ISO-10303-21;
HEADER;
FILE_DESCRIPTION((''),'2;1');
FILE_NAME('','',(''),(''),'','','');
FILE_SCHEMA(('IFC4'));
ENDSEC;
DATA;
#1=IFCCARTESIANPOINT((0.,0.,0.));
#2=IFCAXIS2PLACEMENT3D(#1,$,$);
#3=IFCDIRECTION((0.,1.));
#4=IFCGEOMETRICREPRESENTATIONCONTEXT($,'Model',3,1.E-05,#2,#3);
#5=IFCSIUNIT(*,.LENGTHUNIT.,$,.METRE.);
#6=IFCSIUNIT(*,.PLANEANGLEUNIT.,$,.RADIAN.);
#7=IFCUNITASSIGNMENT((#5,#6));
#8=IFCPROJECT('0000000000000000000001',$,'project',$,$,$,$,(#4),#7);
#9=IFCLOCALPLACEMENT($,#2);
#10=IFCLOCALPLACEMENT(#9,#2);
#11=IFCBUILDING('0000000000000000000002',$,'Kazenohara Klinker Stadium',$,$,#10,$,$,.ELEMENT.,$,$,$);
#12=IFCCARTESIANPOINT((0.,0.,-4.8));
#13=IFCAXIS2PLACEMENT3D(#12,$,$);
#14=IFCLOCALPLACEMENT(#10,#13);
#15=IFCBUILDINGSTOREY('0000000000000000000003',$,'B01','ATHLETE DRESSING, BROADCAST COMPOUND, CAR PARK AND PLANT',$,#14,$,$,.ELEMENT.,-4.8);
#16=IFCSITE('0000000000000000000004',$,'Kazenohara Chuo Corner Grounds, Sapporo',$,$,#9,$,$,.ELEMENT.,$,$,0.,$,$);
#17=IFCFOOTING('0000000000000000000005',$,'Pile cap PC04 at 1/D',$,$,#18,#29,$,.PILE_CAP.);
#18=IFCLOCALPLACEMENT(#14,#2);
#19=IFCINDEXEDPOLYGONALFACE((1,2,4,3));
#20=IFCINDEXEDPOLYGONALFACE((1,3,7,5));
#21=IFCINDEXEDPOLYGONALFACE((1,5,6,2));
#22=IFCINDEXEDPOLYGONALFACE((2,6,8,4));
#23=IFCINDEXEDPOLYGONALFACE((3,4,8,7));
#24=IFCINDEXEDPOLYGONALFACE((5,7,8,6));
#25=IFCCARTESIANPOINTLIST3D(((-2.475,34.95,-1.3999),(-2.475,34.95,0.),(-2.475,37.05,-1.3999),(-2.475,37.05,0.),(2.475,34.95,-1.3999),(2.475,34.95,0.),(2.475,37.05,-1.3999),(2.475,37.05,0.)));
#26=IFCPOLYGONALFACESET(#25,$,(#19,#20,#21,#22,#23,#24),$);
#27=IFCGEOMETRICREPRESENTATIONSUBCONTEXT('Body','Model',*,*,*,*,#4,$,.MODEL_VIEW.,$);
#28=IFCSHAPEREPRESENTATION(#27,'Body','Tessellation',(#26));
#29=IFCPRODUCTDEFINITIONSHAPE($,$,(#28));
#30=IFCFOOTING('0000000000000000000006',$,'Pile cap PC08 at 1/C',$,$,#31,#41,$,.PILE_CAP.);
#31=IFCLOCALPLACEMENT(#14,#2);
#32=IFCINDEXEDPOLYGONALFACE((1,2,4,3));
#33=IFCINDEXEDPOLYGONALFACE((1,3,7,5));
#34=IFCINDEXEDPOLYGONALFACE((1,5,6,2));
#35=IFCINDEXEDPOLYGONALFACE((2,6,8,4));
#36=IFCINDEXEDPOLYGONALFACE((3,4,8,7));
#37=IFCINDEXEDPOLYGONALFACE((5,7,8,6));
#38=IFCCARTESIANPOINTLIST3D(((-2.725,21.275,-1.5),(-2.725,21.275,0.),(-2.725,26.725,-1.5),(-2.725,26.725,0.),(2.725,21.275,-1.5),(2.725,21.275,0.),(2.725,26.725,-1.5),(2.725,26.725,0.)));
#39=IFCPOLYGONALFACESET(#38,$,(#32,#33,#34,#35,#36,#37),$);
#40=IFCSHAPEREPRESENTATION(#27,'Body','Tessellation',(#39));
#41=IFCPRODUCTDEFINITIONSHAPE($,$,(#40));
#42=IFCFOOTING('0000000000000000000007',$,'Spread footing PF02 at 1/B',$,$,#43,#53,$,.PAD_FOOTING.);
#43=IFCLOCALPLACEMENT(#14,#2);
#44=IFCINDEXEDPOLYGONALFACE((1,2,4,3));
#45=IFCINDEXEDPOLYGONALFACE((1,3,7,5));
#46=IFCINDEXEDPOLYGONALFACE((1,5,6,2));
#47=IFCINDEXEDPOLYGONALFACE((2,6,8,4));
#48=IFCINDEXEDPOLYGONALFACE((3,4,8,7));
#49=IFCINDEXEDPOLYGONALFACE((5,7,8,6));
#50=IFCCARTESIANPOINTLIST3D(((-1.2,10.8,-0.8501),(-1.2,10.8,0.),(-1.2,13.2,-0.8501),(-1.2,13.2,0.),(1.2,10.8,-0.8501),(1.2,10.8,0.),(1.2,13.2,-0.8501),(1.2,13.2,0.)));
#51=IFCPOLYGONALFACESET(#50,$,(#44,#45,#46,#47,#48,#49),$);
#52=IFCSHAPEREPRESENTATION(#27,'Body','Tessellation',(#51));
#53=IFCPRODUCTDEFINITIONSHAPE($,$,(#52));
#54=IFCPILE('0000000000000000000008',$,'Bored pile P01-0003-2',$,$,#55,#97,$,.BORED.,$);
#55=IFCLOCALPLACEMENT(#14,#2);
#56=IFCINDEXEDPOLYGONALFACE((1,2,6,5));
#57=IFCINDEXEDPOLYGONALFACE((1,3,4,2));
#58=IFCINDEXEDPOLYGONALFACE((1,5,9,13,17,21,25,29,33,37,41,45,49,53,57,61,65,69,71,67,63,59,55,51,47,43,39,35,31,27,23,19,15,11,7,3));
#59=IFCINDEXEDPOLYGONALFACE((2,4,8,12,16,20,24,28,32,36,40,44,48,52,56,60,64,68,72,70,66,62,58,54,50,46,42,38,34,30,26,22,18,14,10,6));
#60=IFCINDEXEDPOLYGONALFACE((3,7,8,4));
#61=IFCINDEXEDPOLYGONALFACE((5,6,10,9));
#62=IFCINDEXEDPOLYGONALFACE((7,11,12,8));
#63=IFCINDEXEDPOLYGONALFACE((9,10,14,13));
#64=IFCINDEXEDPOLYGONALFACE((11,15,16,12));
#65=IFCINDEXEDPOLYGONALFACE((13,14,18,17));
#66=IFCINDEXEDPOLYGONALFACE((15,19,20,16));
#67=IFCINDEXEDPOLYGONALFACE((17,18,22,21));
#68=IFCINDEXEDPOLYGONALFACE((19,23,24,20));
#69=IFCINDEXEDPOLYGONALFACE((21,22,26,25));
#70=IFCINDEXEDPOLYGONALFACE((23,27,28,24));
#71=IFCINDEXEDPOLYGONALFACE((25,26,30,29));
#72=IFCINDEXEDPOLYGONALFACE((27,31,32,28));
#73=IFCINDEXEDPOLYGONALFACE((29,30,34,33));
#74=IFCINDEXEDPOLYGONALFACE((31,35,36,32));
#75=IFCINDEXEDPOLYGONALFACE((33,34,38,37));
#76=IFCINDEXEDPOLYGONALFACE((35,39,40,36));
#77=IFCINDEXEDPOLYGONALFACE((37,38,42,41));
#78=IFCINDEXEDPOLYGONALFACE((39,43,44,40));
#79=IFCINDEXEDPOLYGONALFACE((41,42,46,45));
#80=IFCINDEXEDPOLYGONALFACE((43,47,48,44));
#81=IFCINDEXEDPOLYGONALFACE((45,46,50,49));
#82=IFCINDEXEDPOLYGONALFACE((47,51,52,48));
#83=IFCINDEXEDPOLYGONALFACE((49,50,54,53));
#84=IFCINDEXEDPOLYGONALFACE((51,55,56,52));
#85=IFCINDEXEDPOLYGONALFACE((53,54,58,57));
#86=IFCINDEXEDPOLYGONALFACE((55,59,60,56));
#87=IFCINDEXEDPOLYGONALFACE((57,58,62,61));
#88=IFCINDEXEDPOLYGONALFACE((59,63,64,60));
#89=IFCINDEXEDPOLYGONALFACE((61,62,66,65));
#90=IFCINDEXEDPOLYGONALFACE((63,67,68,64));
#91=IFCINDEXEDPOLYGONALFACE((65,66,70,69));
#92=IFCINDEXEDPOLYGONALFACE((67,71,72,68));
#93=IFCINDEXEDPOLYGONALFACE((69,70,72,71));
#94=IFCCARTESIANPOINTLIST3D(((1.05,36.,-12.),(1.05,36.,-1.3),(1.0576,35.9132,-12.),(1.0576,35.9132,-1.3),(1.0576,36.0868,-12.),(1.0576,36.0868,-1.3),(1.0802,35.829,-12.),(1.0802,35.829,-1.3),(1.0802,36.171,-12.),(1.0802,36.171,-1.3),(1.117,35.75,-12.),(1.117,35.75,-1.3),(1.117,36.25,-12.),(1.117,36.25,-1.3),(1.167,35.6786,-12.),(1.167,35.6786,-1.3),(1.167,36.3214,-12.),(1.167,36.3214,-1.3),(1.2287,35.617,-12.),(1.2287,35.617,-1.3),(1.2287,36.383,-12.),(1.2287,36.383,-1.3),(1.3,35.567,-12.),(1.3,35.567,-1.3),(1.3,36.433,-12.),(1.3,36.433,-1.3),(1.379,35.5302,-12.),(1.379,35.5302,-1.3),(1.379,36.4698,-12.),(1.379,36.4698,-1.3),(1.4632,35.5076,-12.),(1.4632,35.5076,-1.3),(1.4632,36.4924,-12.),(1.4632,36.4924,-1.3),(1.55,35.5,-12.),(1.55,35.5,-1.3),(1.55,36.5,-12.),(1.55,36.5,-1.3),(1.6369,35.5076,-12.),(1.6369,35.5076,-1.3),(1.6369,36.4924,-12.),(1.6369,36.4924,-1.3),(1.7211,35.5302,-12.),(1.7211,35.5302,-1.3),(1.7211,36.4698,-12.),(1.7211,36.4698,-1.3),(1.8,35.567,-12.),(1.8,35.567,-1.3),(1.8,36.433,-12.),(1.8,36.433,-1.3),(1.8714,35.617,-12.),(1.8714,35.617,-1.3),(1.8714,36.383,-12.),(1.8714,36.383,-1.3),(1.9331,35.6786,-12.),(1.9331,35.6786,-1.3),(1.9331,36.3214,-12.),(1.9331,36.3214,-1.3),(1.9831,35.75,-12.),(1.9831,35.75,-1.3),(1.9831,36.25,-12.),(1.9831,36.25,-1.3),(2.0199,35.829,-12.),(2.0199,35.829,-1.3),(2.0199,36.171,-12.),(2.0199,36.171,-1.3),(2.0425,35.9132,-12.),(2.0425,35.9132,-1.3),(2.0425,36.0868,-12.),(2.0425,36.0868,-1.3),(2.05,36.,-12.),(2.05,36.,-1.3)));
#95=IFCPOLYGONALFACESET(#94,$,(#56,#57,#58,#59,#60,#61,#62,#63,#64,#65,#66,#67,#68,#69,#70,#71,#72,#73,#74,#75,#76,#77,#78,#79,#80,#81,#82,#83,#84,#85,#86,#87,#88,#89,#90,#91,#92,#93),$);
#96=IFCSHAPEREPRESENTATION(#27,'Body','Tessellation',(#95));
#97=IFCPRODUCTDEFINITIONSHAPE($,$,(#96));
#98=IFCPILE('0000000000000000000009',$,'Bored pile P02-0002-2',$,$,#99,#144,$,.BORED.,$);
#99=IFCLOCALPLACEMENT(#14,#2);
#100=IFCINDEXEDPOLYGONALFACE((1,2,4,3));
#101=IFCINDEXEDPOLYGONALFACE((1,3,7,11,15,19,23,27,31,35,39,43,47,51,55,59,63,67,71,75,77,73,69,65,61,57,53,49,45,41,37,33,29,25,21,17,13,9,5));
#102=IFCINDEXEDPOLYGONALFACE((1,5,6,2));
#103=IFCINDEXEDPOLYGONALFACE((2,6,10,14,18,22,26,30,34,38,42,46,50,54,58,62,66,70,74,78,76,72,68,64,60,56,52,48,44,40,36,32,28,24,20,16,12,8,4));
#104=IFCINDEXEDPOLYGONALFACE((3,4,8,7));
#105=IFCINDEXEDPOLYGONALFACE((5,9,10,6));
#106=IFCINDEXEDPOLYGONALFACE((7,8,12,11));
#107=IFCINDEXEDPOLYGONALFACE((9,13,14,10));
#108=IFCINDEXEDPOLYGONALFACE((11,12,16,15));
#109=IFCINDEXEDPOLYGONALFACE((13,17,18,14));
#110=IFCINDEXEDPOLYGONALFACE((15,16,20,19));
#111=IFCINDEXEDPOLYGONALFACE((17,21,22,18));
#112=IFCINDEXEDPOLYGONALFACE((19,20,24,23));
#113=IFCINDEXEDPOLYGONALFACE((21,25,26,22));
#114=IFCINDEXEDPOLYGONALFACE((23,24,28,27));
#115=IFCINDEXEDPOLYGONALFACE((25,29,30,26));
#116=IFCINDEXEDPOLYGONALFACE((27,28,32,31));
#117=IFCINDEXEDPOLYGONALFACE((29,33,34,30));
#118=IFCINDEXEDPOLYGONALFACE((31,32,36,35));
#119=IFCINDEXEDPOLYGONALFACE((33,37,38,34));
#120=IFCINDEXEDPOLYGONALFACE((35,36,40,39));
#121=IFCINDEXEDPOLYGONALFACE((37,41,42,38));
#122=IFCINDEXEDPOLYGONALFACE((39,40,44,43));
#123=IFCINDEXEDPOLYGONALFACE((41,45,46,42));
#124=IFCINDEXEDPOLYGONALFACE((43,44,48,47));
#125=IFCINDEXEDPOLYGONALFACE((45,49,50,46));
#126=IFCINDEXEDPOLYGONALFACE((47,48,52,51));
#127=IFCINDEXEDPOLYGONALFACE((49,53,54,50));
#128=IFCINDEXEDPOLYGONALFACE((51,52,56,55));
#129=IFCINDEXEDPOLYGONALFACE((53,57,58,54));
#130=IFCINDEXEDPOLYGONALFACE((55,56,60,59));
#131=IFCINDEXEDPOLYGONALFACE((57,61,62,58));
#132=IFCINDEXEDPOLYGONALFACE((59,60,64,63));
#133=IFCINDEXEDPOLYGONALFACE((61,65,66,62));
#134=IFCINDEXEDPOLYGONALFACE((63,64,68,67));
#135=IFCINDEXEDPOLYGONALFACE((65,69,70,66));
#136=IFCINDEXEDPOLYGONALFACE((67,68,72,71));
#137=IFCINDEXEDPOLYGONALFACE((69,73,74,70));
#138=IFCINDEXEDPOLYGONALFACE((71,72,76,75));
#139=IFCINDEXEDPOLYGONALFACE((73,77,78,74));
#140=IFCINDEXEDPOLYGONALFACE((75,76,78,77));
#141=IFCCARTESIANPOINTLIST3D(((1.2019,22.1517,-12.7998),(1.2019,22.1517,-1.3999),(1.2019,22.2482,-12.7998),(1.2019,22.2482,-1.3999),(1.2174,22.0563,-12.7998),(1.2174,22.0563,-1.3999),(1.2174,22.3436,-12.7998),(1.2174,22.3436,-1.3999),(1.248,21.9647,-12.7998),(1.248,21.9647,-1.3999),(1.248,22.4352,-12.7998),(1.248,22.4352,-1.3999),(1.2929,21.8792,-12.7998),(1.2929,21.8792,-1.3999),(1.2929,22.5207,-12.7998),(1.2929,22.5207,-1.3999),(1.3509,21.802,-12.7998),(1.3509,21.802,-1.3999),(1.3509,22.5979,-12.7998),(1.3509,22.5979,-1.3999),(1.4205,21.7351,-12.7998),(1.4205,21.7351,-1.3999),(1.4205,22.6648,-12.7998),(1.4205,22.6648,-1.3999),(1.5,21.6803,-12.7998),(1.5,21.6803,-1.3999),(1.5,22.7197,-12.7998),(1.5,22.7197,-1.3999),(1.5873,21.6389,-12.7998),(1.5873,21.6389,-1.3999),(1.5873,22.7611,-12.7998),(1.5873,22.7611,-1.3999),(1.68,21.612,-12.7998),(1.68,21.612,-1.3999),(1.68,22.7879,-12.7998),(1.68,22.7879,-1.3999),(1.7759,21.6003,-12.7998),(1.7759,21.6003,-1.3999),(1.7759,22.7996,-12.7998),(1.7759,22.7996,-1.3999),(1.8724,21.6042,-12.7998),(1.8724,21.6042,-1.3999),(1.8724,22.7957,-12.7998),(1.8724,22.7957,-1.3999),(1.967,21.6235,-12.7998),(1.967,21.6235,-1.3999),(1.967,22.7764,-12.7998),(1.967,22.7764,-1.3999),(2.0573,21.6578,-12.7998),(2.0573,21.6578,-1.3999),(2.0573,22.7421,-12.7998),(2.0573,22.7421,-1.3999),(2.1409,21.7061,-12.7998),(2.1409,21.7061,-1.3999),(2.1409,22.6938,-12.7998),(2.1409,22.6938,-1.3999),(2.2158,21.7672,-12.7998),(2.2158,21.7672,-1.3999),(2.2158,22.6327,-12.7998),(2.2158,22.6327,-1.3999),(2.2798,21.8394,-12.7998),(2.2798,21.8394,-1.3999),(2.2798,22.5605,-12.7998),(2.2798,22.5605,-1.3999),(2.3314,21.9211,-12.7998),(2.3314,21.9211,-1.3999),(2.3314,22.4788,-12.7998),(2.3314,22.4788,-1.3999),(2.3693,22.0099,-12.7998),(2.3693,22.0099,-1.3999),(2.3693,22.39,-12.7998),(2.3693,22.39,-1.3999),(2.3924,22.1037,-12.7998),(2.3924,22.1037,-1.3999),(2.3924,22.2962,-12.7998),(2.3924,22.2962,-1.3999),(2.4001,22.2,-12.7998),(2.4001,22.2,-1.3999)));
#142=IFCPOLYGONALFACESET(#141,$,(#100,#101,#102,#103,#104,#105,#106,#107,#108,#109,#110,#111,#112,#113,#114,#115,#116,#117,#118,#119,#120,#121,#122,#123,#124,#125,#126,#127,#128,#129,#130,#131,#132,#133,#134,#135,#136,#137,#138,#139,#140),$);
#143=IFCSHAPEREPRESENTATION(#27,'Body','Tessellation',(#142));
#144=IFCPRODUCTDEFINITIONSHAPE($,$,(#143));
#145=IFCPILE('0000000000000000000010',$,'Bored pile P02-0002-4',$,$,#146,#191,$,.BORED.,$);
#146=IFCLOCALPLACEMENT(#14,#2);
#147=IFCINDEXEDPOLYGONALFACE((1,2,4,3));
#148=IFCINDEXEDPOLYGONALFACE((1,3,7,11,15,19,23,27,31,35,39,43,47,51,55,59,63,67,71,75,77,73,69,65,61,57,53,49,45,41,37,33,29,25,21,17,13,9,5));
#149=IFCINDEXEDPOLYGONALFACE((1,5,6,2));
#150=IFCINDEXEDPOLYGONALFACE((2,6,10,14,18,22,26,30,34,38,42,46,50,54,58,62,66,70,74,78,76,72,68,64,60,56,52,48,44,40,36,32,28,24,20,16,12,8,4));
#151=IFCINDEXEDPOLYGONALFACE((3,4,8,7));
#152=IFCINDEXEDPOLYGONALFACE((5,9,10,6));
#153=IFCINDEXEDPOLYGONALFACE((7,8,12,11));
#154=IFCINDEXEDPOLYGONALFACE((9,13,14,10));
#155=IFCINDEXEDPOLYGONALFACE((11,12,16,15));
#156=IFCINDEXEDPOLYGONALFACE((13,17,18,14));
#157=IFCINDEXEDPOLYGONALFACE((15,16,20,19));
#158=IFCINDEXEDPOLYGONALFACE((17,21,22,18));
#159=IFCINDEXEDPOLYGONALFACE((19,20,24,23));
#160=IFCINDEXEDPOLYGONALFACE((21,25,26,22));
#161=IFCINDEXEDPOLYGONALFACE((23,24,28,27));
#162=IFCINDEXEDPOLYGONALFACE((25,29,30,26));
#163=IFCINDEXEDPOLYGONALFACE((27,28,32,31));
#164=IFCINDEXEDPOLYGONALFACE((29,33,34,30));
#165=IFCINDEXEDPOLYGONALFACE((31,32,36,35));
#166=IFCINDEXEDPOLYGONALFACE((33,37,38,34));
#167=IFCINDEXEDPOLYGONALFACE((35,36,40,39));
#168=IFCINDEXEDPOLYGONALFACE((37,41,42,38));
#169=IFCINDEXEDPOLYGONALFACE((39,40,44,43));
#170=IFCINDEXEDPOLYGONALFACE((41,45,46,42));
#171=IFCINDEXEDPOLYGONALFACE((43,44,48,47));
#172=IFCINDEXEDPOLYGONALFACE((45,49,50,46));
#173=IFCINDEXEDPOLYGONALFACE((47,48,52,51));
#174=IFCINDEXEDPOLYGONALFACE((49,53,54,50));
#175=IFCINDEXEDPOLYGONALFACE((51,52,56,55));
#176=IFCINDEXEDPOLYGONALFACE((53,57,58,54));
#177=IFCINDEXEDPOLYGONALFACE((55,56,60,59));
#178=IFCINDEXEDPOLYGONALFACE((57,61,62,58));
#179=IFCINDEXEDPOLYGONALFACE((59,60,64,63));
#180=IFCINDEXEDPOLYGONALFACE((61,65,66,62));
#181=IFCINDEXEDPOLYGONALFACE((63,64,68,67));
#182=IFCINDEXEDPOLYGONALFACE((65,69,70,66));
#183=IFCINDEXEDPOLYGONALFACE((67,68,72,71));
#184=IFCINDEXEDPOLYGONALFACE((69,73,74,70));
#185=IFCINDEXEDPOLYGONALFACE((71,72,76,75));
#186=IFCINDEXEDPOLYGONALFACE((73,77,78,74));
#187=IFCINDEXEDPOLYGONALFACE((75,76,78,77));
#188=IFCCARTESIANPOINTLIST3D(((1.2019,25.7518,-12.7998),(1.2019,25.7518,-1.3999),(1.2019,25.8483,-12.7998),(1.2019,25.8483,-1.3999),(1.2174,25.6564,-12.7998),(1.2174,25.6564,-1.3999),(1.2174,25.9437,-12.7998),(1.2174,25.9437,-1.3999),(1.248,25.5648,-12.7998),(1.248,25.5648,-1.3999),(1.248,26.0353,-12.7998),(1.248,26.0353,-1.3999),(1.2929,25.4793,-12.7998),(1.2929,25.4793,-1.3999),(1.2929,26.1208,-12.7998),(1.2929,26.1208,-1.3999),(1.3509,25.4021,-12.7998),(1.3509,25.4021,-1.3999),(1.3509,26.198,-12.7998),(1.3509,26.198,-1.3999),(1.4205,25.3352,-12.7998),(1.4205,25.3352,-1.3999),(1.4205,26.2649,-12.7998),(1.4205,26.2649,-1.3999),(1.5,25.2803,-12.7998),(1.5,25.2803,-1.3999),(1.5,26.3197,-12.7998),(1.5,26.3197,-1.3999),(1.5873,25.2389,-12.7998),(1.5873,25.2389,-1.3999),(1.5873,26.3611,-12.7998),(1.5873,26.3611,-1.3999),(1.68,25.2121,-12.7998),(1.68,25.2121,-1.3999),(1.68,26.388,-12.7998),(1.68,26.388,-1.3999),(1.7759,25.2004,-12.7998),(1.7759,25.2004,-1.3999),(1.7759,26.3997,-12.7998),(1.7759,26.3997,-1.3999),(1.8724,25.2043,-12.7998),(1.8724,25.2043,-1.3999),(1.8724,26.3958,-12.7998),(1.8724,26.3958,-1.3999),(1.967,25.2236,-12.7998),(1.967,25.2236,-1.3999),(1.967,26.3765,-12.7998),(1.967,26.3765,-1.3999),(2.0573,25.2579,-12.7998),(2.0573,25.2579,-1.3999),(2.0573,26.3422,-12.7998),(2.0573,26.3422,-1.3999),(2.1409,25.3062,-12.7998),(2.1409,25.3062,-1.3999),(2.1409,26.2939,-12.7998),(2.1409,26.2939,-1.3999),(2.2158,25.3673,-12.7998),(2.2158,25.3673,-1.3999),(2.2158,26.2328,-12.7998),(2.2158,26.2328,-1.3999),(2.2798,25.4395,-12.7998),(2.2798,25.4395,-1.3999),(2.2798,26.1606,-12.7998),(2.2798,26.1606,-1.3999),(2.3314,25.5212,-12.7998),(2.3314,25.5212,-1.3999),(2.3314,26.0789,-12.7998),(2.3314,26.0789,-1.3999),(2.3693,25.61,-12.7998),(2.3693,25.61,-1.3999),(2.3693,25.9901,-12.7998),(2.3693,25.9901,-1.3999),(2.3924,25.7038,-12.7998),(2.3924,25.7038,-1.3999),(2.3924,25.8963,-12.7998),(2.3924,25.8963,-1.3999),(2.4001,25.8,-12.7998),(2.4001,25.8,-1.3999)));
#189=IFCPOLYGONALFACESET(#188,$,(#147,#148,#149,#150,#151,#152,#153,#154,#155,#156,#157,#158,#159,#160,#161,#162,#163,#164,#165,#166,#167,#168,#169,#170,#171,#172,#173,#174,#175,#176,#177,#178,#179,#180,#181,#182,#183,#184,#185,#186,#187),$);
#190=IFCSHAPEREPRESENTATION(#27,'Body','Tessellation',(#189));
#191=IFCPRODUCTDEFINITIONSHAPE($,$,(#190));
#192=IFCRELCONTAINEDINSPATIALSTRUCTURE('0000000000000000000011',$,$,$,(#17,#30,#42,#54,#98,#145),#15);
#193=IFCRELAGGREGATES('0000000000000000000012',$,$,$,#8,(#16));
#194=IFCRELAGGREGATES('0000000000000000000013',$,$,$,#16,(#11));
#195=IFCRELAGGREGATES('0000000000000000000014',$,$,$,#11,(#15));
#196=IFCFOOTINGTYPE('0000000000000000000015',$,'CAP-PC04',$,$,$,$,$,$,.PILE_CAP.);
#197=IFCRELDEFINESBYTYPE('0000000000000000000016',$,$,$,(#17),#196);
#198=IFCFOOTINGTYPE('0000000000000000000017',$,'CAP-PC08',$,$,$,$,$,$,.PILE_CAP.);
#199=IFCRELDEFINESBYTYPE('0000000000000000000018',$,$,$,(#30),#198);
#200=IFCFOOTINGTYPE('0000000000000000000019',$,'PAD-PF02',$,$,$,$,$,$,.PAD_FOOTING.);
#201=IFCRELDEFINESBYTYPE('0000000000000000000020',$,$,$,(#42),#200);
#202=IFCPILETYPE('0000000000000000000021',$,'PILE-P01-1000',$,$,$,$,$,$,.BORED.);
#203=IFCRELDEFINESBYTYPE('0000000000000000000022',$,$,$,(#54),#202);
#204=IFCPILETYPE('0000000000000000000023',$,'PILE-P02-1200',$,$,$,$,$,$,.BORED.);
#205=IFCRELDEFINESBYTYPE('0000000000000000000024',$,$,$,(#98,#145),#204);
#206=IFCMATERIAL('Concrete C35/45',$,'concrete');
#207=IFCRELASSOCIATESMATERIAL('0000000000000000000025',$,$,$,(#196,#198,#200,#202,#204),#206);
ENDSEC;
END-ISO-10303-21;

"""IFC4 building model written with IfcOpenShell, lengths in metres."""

from ifc_helpers import new_model, si_unit, direction, frame, origin, origin_2d, place, context, subcontext, project, spatial, rectangle, circle, extrude, material, material_profile, profile_set, type_object, element, save


model = new_model("IFC4")

# Units and contexts
model_context = context("Model", 3, precision=1e-05, world=origin(), true_north=direction((0.0, 1.0)))
body_context = subcontext(model_context, "Body", "Model", "MODEL_VIEW")
ifc_project = project(units=[si_unit("LENGTHUNIT", "METRE"), si_unit("PLANEANGLEUNIT", "RADIAN")], contexts=[model_context])

# Site, building, storey
site_placement = place(None, origin())
site = spatial("IfcSite", under=ifc_project, at=site_placement, Name="Kazenohara Chuo Corner Grounds, Sapporo", CompositionType="ELEMENT", RefElevation=0.0)
building_placement = place(site_placement, origin())
building = spatial("IfcBuilding", under=site, at=building_placement, Name="Kazenohara Klinker Stadium", CompositionType="ELEMENT")
storey_placement = place(building_placement, frame((0.0, 0.0, -4.8)))
storey = spatial("IfcBuildingStorey", under=building, at=storey_placement, Name="B01", Description="ATHLETE DRESSING, BROADCAST COMPOUND, CAR PARK AND PLANT", CompositionType="ELEMENT", Elevation=-4.8)

# Footings
ifc_material_1 = material(Name="Concrete C35/45", Category="concrete")
footing_type_1 = type_object("IfcFootingType", Name="CAP-PC04", PredefinedType="PILE_CAP", material=ifc_material_1)
footing_1_placement = place(storey_placement, frame((0.0, 36.0, -1.3999), z_axis=(0.0, 0.0, 1.0), x_axis=(1.0, 0.0, 0.0)))
element("IfcFooting", 1, at=footing_1_placement, inside=storey, type_object=footing_type_1, Name="Pile cap PC04 at 1/D", PredefinedType="PILE_CAP", context=body_context, shape_type="SweptSolid", body=[
    extrude(rectangle(XDim=4.95, YDim=2.1001, at=origin_2d()), origin(), (0.0, 0.0, 1.0), 1.3999),
])
footing_type_2 = type_object("IfcFootingType", Name="CAP-PC08", PredefinedType="PILE_CAP", material=ifc_material_1)
footing_2_placement = place(storey_placement, frame((0.0, 24.0, -1.5), z_axis=(0.0, 0.0, 1.0), x_axis=(1.0, 0.0, 0.0)))
element("IfcFooting", 2, at=footing_2_placement, inside=storey, type_object=footing_type_2, Name="Pile cap PC08 at 1/C", PredefinedType="PILE_CAP", context=body_context, shape_type="SweptSolid", body=[
    extrude(rectangle(XDim=5.45, YDim=5.45, at=origin_2d()), origin(), (0.0, 0.0, 1.0), 1.5),
])
footing_type_3 = type_object("IfcFootingType", Name="PAD-PF02", PredefinedType="PAD_FOOTING", material=ifc_material_1)
footing_3_placement = place(storey_placement, frame((0.0, 12.0, -0.8501), z_axis=(0.0, 0.0, 1.0), x_axis=(1.0, 0.0, 0.0)))
element("IfcFooting", 3, at=footing_3_placement, inside=storey, type_object=footing_type_3, Name="Spread footing PF02 at 1/B", PredefinedType="PAD_FOOTING", context=body_context, shape_type="SweptSolid", body=[
    extrude(rectangle(XDim=2.3999, YDim=2.3999, at=origin_2d()), origin(), (0.0, 0.0, 1.0), 0.8501),
])

# Piles
ifc_material_profile_1 = material_profile(ifc_material_1, circle(Radius=0.5, at=origin_2d()), Name="BORED-PILE-1000")
ifc_profile_set_1 = profile_set([ifc_material_profile_1], Name="Concrete C35/45")
pile_type_1 = type_object("IfcPileType", Name="PILE-P01-1000", PredefinedType="BORED", material=ifc_profile_set_1)
pile_placement = place(storey_placement, frame((1.55, 36.0, -1.3), z_axis=(0.0, 0.0, -1.0), x_axis=(1.0, 0.0, 0.0)))
element("IfcPile", 4, at=pile_placement, inside=storey, type_object=pile_type_1, Name="Bored pile P01-0003-2", PredefinedType="BORED", context=body_context, shape_type="SweptSolid", body=[
    extrude(circle(Radius=0.5, at=origin_2d()), origin(), (0.0, 0.0, 1.0), 10.7),
])
ifc_material_profile_2 = material_profile(ifc_material_1, circle(Radius=0.6001, at=origin_2d()), Name="BORED-PILE-1200")
ifc_profile_set_2 = profile_set([ifc_material_profile_2], Name="Concrete C35/45")
pile_type_2 = type_object("IfcPileType", Name="PILE-P02-1200", PredefinedType="BORED", material=ifc_profile_set_2)
for number, where, z_axis, x_axis, name in (
    (5, (1.8, 22.2, -1.3999), (0.0, 0.0, -1.0), (1.0, 0.0, 0.0), "Bored pile P02-0002-2"),
    (6, (1.8, 25.8, -1.3999), (0.0, 0.0, -1.0), (1.0, 0.0, 0.0), "Bored pile P02-0002-4"),
):
    element("IfcPile", number, at=place(storey_placement, frame(where, z_axis=z_axis, x_axis=x_axis)), inside=storey, type_object=pile_type_2, Name=name, PredefinedType="BORED", context=body_context, shape_type="SweptSolid", body=[
        extrude(circle(Radius=0.6001, at=origin_2d()), origin(), (0.0, 0.0, 1.0), 11.3999),
    ])

save(model, "model.ifc")
